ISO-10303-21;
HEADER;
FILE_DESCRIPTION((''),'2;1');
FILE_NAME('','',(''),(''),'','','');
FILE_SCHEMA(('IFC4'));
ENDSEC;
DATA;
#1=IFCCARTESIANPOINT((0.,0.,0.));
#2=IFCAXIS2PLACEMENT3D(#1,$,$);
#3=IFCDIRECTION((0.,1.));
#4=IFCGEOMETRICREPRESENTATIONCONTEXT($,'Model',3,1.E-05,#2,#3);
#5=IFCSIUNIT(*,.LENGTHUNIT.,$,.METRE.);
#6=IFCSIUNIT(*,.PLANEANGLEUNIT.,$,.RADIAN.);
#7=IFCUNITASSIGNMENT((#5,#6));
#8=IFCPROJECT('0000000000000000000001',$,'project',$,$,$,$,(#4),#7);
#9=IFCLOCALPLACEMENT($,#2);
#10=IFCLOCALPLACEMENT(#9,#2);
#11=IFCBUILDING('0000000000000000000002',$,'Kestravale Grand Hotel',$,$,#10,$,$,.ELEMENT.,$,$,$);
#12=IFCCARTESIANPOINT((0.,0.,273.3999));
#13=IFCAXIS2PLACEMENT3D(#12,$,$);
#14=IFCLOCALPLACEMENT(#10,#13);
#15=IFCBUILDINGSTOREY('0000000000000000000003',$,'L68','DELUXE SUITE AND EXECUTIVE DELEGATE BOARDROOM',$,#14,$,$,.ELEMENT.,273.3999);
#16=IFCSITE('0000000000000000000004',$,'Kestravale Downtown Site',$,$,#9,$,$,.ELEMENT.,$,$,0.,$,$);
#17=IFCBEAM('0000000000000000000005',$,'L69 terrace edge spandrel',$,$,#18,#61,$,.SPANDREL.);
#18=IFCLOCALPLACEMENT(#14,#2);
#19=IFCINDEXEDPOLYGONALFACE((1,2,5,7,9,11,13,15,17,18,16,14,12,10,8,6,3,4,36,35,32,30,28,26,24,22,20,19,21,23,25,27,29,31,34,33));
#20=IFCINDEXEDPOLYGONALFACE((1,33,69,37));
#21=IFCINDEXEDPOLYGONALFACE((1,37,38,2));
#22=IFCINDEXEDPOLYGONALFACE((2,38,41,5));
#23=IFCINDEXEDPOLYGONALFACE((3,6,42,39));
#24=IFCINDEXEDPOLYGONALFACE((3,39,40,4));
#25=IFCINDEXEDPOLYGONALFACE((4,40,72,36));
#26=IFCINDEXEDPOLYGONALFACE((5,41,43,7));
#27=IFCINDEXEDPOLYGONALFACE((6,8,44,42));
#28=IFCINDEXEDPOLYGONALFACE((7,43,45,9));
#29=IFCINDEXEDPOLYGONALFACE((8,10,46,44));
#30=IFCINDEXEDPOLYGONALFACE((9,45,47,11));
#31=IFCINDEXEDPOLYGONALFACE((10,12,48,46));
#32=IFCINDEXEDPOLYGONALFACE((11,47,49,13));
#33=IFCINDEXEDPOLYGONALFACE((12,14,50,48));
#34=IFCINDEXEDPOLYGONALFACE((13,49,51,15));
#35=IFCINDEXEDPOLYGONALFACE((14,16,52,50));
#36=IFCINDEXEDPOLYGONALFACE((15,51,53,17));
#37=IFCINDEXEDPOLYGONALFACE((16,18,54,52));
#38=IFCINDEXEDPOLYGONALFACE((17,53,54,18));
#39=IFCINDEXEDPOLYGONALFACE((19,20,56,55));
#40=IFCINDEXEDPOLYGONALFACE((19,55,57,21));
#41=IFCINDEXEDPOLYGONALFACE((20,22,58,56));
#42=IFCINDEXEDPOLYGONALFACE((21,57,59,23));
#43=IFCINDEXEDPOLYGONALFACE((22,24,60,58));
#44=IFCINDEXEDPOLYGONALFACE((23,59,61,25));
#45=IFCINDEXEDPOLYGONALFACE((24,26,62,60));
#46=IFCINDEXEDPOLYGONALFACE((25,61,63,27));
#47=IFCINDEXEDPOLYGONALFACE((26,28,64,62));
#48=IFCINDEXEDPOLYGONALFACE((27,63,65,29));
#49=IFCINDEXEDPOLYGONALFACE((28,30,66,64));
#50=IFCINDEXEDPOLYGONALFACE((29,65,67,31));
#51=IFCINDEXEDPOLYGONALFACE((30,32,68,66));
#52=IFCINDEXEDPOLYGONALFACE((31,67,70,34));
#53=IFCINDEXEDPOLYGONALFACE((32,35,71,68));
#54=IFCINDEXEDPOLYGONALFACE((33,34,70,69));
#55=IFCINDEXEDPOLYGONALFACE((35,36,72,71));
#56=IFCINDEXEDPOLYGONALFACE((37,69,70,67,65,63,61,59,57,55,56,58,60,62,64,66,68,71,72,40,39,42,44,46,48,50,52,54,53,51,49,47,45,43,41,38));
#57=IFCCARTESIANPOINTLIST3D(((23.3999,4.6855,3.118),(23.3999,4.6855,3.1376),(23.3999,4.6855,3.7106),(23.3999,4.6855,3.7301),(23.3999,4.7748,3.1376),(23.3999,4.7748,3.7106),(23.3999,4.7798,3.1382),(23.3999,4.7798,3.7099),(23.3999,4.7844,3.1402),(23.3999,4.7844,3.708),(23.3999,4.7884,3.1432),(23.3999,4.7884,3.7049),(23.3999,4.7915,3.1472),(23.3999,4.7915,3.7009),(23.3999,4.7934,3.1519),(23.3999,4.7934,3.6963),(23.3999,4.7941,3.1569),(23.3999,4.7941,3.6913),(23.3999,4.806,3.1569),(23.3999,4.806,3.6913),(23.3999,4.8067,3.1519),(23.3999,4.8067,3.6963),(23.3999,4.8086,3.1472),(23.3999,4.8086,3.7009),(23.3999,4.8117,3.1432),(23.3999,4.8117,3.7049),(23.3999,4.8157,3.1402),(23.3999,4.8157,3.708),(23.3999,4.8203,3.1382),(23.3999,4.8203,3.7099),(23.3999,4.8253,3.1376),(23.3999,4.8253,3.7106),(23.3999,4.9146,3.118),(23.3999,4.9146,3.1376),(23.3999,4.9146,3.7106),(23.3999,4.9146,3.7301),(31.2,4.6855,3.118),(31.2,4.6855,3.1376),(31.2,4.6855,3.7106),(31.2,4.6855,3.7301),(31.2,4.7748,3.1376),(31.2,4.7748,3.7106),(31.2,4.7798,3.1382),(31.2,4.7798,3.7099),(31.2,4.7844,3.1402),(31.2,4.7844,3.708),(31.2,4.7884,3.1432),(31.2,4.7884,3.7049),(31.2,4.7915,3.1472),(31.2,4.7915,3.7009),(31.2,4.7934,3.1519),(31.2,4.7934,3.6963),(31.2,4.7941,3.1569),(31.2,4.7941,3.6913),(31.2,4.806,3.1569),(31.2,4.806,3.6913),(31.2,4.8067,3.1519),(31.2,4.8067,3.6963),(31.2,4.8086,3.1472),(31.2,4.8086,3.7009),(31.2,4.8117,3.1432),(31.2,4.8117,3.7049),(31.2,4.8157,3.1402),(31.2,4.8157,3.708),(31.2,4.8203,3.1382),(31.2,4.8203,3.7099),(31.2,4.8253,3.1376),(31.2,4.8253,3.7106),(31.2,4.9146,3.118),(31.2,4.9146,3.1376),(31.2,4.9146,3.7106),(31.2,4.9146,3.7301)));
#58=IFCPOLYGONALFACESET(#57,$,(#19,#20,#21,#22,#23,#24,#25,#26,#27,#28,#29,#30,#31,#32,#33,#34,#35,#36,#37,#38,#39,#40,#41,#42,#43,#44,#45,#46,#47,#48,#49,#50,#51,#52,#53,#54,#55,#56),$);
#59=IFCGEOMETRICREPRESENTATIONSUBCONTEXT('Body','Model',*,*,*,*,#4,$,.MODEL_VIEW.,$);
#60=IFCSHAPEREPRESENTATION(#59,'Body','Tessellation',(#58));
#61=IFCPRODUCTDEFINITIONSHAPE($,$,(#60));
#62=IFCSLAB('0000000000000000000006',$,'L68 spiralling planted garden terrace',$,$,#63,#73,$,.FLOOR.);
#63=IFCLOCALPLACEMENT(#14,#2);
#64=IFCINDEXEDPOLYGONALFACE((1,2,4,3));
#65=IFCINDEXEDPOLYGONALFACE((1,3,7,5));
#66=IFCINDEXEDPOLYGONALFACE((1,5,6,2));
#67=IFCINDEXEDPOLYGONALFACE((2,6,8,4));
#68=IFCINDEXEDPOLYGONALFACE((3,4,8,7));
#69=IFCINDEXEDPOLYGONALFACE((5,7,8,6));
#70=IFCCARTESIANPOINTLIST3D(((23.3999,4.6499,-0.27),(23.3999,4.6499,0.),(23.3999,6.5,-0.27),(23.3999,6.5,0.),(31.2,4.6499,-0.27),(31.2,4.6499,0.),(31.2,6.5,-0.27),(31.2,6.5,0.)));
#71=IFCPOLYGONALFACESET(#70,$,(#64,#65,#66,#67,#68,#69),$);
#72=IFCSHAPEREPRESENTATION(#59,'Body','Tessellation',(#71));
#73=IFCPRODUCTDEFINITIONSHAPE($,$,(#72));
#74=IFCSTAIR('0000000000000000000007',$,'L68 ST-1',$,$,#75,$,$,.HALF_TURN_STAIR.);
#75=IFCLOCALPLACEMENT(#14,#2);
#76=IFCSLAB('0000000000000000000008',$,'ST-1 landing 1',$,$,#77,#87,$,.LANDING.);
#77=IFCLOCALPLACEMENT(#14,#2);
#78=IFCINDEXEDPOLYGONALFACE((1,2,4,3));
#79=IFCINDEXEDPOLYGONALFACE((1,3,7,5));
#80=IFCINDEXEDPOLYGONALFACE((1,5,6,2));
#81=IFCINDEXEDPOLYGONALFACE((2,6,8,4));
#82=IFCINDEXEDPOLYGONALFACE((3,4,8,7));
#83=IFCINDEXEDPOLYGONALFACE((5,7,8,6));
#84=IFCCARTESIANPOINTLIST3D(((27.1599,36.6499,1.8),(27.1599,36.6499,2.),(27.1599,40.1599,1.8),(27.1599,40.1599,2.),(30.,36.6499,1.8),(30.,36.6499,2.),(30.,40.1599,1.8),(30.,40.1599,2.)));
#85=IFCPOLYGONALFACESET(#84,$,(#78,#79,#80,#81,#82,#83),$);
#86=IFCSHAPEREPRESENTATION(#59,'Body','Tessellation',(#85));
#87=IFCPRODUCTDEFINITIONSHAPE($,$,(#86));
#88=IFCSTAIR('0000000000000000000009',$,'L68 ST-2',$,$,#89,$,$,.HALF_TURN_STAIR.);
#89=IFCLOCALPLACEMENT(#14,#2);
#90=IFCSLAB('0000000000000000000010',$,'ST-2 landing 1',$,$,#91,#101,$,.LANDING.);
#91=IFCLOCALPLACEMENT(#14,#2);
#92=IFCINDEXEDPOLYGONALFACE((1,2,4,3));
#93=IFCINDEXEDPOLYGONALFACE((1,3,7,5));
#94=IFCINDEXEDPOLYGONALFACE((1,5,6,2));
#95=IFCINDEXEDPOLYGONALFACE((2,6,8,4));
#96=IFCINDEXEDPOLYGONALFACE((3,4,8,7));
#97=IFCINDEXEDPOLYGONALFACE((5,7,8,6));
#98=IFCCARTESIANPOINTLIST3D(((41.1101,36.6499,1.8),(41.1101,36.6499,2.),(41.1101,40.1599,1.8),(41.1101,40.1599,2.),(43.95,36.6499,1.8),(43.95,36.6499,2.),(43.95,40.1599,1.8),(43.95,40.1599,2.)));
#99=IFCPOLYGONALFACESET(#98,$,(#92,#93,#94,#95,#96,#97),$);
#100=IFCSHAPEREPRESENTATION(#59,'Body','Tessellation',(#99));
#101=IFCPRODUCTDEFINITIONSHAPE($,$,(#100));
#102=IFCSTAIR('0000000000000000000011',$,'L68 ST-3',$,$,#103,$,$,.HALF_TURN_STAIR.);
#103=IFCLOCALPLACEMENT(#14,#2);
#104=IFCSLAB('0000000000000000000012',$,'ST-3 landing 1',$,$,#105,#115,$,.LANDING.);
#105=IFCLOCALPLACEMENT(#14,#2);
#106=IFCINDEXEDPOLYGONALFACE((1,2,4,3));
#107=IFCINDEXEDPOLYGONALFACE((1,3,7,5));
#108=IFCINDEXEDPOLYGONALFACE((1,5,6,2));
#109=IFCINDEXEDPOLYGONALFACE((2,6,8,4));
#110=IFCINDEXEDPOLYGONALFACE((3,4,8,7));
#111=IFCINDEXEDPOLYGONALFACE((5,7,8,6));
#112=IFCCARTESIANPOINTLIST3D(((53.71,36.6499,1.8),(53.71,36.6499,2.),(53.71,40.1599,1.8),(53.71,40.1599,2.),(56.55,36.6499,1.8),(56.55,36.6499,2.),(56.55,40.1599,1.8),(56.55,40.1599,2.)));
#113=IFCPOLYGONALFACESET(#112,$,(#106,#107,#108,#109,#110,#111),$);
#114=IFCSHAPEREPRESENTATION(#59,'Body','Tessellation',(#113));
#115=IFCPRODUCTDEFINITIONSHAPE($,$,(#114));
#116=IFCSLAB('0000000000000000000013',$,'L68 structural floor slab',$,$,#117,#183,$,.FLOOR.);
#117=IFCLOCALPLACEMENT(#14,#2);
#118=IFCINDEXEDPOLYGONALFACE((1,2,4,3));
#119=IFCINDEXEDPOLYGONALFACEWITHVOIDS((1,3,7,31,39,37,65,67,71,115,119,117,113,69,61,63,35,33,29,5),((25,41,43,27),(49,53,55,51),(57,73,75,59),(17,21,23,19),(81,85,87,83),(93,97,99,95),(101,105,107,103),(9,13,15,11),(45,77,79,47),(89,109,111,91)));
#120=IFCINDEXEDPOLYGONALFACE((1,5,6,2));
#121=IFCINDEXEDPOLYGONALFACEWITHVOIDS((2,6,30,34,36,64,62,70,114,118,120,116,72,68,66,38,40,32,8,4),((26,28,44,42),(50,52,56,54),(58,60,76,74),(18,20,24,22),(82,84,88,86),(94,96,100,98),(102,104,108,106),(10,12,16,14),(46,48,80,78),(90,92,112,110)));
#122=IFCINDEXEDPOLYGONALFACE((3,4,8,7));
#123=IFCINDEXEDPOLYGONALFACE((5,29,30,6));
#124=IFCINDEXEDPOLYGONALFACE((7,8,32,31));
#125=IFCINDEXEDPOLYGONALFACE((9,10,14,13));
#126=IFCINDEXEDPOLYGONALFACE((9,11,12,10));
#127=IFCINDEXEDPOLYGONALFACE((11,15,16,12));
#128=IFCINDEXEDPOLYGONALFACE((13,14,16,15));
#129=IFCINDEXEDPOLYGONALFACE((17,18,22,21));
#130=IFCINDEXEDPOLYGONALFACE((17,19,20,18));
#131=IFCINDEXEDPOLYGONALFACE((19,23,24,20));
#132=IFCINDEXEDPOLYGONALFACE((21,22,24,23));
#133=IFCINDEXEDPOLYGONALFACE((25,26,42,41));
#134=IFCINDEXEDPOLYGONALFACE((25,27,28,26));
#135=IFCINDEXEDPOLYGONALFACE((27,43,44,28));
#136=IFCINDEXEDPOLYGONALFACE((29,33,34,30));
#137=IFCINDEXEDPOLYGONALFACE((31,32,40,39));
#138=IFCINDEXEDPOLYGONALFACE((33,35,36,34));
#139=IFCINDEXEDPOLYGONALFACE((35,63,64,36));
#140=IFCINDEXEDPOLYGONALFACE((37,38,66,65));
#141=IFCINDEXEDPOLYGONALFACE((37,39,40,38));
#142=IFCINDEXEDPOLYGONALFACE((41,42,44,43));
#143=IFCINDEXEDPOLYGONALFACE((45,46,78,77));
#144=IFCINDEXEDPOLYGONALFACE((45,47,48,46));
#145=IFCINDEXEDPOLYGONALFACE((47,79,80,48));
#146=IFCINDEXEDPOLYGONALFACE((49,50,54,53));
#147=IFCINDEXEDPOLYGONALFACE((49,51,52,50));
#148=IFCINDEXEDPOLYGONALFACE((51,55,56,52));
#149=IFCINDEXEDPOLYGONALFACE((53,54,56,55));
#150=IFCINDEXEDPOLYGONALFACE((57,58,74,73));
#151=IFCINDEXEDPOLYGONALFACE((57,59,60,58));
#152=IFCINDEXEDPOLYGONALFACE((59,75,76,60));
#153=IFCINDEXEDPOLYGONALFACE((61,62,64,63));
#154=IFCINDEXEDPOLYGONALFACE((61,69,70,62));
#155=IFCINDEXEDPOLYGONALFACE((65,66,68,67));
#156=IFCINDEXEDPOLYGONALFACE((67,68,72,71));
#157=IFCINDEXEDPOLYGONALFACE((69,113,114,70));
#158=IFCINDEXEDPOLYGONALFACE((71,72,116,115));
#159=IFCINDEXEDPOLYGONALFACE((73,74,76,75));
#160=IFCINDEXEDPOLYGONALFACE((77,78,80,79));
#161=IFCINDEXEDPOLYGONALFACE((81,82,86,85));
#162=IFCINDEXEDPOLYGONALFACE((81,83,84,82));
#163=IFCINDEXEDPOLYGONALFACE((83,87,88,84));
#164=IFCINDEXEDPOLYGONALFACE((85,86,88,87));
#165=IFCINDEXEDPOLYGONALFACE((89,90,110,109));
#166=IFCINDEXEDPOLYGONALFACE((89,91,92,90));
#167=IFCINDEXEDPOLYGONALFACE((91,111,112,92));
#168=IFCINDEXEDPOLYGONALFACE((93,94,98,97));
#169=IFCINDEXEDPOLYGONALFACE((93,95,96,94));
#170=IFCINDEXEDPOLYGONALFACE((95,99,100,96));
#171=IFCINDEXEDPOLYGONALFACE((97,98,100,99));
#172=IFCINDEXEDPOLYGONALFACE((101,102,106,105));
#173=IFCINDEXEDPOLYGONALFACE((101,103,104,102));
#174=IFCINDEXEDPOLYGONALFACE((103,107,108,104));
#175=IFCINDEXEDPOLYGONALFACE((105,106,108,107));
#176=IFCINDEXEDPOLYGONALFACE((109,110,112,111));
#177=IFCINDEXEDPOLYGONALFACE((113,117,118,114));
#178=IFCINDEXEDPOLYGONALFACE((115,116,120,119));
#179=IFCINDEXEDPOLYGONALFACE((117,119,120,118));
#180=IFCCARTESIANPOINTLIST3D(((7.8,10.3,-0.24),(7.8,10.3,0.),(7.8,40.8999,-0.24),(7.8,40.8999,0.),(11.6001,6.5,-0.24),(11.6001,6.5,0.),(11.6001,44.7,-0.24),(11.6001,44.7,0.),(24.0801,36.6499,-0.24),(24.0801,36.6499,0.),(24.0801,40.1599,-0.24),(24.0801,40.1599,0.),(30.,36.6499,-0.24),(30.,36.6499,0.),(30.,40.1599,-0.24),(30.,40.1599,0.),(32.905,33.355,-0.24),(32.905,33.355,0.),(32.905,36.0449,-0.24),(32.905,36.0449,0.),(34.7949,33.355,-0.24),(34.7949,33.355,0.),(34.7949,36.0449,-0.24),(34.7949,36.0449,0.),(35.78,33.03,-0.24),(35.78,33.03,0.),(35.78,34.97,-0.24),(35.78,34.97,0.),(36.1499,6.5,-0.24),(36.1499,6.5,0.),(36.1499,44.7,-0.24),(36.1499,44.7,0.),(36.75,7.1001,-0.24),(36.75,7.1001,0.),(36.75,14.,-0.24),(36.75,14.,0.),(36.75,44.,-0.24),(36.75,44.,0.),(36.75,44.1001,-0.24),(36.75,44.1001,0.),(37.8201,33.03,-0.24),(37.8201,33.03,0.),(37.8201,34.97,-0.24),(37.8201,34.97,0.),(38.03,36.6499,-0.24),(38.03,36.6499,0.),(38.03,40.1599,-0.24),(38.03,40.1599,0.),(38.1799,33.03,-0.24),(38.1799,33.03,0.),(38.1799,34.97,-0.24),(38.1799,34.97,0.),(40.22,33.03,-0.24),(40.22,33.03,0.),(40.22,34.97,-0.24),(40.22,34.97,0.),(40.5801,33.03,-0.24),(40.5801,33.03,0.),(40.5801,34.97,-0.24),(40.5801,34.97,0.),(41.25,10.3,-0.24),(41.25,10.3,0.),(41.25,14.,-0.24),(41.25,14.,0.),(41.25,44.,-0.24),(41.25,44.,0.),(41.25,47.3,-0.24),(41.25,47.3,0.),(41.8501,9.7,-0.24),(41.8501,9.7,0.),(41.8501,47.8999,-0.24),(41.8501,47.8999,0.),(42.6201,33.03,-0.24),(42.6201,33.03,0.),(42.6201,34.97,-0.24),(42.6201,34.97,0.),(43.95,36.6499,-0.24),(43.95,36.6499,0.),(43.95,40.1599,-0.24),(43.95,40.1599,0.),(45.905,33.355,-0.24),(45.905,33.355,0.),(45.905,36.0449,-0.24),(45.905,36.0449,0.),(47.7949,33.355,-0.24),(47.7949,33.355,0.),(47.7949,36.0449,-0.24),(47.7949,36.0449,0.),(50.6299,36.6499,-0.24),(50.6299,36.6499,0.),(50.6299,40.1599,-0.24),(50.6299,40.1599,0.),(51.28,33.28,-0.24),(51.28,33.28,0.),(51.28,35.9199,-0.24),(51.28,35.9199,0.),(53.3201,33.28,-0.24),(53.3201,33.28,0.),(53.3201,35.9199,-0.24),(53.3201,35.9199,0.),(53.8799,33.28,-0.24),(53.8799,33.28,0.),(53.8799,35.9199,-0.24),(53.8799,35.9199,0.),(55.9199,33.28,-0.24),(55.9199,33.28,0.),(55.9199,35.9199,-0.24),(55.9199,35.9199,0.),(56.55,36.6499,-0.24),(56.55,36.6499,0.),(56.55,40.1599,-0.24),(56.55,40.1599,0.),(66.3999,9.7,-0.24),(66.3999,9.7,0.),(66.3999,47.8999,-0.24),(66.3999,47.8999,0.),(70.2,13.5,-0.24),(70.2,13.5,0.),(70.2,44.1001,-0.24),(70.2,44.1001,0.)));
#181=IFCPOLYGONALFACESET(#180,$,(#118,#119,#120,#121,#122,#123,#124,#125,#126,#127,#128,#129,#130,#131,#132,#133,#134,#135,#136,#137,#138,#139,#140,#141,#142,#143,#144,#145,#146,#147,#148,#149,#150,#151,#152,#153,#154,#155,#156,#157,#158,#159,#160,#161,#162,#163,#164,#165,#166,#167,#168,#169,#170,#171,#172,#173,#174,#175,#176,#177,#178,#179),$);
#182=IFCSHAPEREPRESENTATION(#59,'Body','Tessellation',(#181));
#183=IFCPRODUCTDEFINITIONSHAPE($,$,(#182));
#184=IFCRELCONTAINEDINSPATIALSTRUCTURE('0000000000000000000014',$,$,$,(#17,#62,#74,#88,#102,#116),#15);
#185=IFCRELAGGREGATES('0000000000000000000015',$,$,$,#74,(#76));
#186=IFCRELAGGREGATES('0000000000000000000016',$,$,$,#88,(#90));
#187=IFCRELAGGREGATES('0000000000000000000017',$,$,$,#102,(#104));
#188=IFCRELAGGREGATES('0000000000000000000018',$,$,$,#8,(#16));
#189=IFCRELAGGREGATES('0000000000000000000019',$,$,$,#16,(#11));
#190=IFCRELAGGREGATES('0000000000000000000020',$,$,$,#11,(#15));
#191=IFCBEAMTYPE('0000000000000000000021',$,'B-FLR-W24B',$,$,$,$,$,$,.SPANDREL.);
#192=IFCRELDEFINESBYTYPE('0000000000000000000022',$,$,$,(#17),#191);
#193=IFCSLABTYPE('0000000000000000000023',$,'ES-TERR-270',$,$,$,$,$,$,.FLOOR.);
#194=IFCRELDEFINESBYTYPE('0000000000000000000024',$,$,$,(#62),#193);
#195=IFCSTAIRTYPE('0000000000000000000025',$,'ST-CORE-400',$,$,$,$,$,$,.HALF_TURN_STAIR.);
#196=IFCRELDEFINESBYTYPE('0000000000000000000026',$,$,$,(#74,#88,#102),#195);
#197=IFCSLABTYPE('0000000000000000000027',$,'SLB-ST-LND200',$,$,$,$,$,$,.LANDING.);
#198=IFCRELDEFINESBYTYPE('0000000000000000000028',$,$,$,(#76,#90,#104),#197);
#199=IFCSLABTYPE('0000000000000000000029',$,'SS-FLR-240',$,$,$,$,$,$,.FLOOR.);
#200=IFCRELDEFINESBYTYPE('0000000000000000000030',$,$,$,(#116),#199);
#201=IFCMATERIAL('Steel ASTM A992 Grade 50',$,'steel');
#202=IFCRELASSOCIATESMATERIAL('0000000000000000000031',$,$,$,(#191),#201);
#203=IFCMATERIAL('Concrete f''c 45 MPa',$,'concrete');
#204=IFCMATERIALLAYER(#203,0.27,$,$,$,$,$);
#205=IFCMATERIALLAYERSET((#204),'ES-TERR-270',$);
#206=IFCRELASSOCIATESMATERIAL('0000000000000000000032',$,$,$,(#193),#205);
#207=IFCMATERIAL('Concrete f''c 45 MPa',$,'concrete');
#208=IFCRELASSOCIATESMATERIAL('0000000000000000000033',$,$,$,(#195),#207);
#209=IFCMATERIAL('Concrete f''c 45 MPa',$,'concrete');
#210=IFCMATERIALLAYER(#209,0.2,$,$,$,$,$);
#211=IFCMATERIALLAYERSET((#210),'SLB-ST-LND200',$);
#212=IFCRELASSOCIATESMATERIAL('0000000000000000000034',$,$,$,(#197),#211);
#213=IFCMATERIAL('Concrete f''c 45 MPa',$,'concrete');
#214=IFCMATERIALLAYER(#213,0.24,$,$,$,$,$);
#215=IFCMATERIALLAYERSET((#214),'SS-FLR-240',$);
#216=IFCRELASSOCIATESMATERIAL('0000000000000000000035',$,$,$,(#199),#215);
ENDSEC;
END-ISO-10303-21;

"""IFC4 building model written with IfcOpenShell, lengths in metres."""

from ifc_helpers import new_model, si_unit, direction, frame, origin, origin_2d, place, context, subcontext, project, spatial, polyline, i_section, outline, extrude, material, layer, layer_set, material_profile, profile_set, type_object, element, aggregate, save


model = new_model("IFC4")

# Units and contexts
model_context = context("Model", 3, precision=1e-05, world=origin(), true_north=direction((0.0, 1.0)))
body_context = subcontext(model_context, "Body", "Model", "MODEL_VIEW")
ifc_project = project(units=[si_unit("LENGTHUNIT", "METRE"), si_unit("PLANEANGLEUNIT", "RADIAN")], contexts=[model_context])

# Site, building, storey
site_placement = place(None, origin())
site = spatial("IfcSite", under=ifc_project, at=site_placement, Name="Kestravale Downtown Site", CompositionType="ELEMENT", RefElevation=0.0)
building_placement = place(site_placement, origin())
building = spatial("IfcBuilding", under=site, at=building_placement, Name="Kestravale Grand Hotel", CompositionType="ELEMENT")
storey_placement = place(building_placement, frame((0.0, 0.0, 273.3999)))
storey = spatial("IfcBuildingStorey", under=building, at=storey_placement, Name="L68", Description="DELUXE SUITE AND EXECUTIVE DELEGATE BOARDROOM", CompositionType="ELEMENT", Elevation=273.3999)

# Beam
ifc_material_1 = material(Name="Steel ASTM A992 Grade 50", Category="steel")
ifc_material_profile = material_profile(ifc_material_1, i_section(OverallWidth=0.229, OverallDepth=0.6121, WebThickness=0.012, FlangeThickness=0.0195, FilletRadius=0.0193, at=origin_2d()))
ifc_profile_set = profile_set([ifc_material_profile], Name="Steel ASTM A992 Grade 50")
beam_type = type_object("IfcBeamType", Name="B-FLR-W24B", PredefinedType="SPANDREL", material=ifc_profile_set)
beam_placement = place(storey_placement, frame((23.3999, 4.8, 3.4241), z_axis=(1.0, 0.0, 0.0), x_axis=(0.0, 1.0, 0.0)))
element("IfcBeam", 1, at=beam_placement, inside=storey, type_object=beam_type, Name="L69 terrace edge spandrel", PredefinedType="SPANDREL", context=body_context, shape_type="SweptSolid", body=[
    extrude(i_section(OverallWidth=0.229, OverallDepth=0.6121, WebThickness=0.012, FlangeThickness=0.0195, FilletRadius=0.0193, at=origin_2d()), origin(), (0.0, 0.0, 1.0), 7.8),
])

# Slab
ifc_material_2 = material(Name="Concrete f'c 45 MPa", Category="concrete")
ifc_layer_1 = layer(ifc_material_2, 0.27)
ifc_layer_set_1 = layer_set([ifc_layer_1], Name="ES-TERR-270")
slab_type_1 = type_object("IfcSlabType", Name="ES-TERR-270", PredefinedType="FLOOR", material=ifc_layer_set_1)
slab_1_placement = place(storey_placement, frame((0.0, 0.0, -0.27)))
element("IfcSlab", 2, at=slab_1_placement, inside=storey, type_object=slab_type_1, Name="L68 spiralling planted garden terrace", PredefinedType="FLOOR", context=body_context, shape_type="SweptSolid", body=[
    extrude(outline(polyline([(23.3999, 4.6499), (31.2, 4.6499), (31.2, 6.5), (23.3999, 6.5), (23.3999, 4.6499)])), origin(), (0.0, 0.0, 1.0), 0.27),
])

# Stairs, slabs
ifc_material_3 = material(Name="Concrete f'c 45 MPa", Category="concrete")
stair_type = type_object("IfcStairType", Name="ST-CORE-400", PredefinedType="HALF_TURN_STAIR", material=ifc_material_3)
stair_1_placement = place(storey_placement, origin())
stair_1 = element("IfcStair", 3, at=stair_1_placement, inside=storey, type_object=stair_type, Name="L68 ST-1", PredefinedType="HALF_TURN_STAIR")
ifc_material_4 = material(Name="Concrete f'c 45 MPa", Category="concrete")
ifc_layer_2 = layer(ifc_material_4, 0.2)
ifc_layer_set_2 = layer_set([ifc_layer_2], Name="SLB-ST-LND200")
slab_type_2 = type_object("IfcSlabType", Name="SLB-ST-LND200", PredefinedType="LANDING", material=ifc_layer_set_2)
slab_2_placement = place(storey_placement, frame((0.0, 0.0, 1.8)))
slab_2 = element("IfcSlab", 4, at=slab_2_placement, type_object=slab_type_2, Name="ST-1 landing 1", PredefinedType="LANDING", context=body_context, shape_type="SweptSolid", body=[
    extrude(outline(polyline([(27.1599, 36.6499), (30.0, 36.6499), (30.0, 40.1599), (27.1599, 40.1599), (27.1599, 36.6499)])), origin(), (0.0, 0.0, 1.0), 0.2),
])
aggregate(stair_1, [slab_2])
stair_2_placement = place(storey_placement, origin())
stair_2 = element("IfcStair", 5, at=stair_2_placement, inside=storey, type_object=stair_type, Name="L68 ST-2", PredefinedType="HALF_TURN_STAIR")
slab_3_placement = place(storey_placement, frame((0.0, 0.0, 1.8)))
slab_3 = element("IfcSlab", 6, at=slab_3_placement, type_object=slab_type_2, Name="ST-2 landing 1", PredefinedType="LANDING", context=body_context, shape_type="SweptSolid", body=[
    extrude(outline(polyline([(41.1101, 36.6499), (43.95, 36.6499), (43.95, 40.1599), (41.1101, 40.1599), (41.1101, 36.6499)])), origin(), (0.0, 0.0, 1.0), 0.2),
])
aggregate(stair_2, [slab_3])
stair_3_placement = place(storey_placement, origin())
stair_3 = element("IfcStair", 7, at=stair_3_placement, inside=storey, type_object=stair_type, Name="L68 ST-3", PredefinedType="HALF_TURN_STAIR")
slab_4_placement = place(storey_placement, frame((0.0, 0.0, 1.8)))
slab_4 = element("IfcSlab", 8, at=slab_4_placement, type_object=slab_type_2, Name="ST-3 landing 1", PredefinedType="LANDING", context=body_context, shape_type="SweptSolid", body=[
    extrude(outline(polyline([(53.71, 36.6499), (56.55, 36.6499), (56.55, 40.1599), (53.71, 40.1599), (53.71, 36.6499)])), origin(), (0.0, 0.0, 1.0), 0.2),
])
aggregate(stair_3, [slab_4])

# Slab
ifc_material_5 = material(Name="Concrete f'c 45 MPa", Category="concrete")
ifc_layer_3 = layer(ifc_material_5, 0.24)
ifc_layer_set_3 = layer_set([ifc_layer_3], Name="SS-FLR-240")
slab_type_3 = type_object("IfcSlabType", Name="SS-FLR-240", PredefinedType="FLOOR", material=ifc_layer_set_3)
slab_5_placement = place(storey_placement, frame((0.0, 0.0, -0.24)))
element("IfcSlab", 9, at=slab_5_placement, inside=storey, type_object=slab_type_3, Name="L68 structural floor slab", PredefinedType="FLOOR", context=body_context, shape_type="SweptSolid", body=[
    extrude(outline(polyline([(11.6001, 6.5), (36.1499, 6.5), (36.75, 7.1001), (36.75, 14.0), (41.25, 14.0), (41.25, 10.3), (41.8501, 9.7), (66.3999, 9.7), (70.2, 13.5), (70.2, 44.1001), (66.3999, 47.8999), (41.8501, 47.8999), (41.25, 47.3), (41.25, 44.0), (36.75, 44.0), (36.75, 44.1001), (36.1499, 44.7), (11.6001, 44.7), (7.8, 40.8999), (7.8, 10.3), (11.6001, 6.5)]), holes=[polyline([(24.0801, 36.6499), (30.0, 36.6499), (30.0, 40.1599), (24.0801, 40.1599), (24.0801, 36.6499)]), polyline([(38.03, 36.6499), (43.95, 36.6499), (43.95, 40.1599), (38.03, 40.1599), (38.03, 36.6499)]), polyline([(50.6299, 36.6499), (56.55, 36.6499), (56.55, 40.1599), (50.6299, 40.1599), (50.6299, 36.6499)]), polyline([(35.78, 33.03), (37.8201, 33.03), (37.8201, 34.97), (35.78, 34.97), (35.78, 33.03)]), polyline([(38.1799, 33.03), (40.22, 33.03), (40.22, 34.97), (38.1799, 34.97), (38.1799, 33.03)]), polyline([(40.5801, 33.03), (42.6201, 33.03), (42.6201, 34.97), (40.5801, 34.97), (40.5801, 33.03)]), polyline([(32.905, 33.355), (34.7949, 33.355), (34.7949, 36.0449), (32.905, 36.0449), (32.905, 33.355)]), polyline([(45.905, 33.355), (47.7949, 33.355), (47.7949, 36.0449), (45.905, 36.0449), (45.905, 33.355)]), polyline([(51.28, 33.28), (53.3201, 33.28), (53.3201, 35.9199), (51.28, 35.9199), (51.28, 33.28)]), polyline([(53.8799, 33.28), (55.9199, 33.28), (55.9199, 35.9199), (53.8799, 35.9199), (53.8799, 33.28)])]), origin(), (0.0, 0.0, 1.0), 0.24),
])

save(model, "model.ifc")
